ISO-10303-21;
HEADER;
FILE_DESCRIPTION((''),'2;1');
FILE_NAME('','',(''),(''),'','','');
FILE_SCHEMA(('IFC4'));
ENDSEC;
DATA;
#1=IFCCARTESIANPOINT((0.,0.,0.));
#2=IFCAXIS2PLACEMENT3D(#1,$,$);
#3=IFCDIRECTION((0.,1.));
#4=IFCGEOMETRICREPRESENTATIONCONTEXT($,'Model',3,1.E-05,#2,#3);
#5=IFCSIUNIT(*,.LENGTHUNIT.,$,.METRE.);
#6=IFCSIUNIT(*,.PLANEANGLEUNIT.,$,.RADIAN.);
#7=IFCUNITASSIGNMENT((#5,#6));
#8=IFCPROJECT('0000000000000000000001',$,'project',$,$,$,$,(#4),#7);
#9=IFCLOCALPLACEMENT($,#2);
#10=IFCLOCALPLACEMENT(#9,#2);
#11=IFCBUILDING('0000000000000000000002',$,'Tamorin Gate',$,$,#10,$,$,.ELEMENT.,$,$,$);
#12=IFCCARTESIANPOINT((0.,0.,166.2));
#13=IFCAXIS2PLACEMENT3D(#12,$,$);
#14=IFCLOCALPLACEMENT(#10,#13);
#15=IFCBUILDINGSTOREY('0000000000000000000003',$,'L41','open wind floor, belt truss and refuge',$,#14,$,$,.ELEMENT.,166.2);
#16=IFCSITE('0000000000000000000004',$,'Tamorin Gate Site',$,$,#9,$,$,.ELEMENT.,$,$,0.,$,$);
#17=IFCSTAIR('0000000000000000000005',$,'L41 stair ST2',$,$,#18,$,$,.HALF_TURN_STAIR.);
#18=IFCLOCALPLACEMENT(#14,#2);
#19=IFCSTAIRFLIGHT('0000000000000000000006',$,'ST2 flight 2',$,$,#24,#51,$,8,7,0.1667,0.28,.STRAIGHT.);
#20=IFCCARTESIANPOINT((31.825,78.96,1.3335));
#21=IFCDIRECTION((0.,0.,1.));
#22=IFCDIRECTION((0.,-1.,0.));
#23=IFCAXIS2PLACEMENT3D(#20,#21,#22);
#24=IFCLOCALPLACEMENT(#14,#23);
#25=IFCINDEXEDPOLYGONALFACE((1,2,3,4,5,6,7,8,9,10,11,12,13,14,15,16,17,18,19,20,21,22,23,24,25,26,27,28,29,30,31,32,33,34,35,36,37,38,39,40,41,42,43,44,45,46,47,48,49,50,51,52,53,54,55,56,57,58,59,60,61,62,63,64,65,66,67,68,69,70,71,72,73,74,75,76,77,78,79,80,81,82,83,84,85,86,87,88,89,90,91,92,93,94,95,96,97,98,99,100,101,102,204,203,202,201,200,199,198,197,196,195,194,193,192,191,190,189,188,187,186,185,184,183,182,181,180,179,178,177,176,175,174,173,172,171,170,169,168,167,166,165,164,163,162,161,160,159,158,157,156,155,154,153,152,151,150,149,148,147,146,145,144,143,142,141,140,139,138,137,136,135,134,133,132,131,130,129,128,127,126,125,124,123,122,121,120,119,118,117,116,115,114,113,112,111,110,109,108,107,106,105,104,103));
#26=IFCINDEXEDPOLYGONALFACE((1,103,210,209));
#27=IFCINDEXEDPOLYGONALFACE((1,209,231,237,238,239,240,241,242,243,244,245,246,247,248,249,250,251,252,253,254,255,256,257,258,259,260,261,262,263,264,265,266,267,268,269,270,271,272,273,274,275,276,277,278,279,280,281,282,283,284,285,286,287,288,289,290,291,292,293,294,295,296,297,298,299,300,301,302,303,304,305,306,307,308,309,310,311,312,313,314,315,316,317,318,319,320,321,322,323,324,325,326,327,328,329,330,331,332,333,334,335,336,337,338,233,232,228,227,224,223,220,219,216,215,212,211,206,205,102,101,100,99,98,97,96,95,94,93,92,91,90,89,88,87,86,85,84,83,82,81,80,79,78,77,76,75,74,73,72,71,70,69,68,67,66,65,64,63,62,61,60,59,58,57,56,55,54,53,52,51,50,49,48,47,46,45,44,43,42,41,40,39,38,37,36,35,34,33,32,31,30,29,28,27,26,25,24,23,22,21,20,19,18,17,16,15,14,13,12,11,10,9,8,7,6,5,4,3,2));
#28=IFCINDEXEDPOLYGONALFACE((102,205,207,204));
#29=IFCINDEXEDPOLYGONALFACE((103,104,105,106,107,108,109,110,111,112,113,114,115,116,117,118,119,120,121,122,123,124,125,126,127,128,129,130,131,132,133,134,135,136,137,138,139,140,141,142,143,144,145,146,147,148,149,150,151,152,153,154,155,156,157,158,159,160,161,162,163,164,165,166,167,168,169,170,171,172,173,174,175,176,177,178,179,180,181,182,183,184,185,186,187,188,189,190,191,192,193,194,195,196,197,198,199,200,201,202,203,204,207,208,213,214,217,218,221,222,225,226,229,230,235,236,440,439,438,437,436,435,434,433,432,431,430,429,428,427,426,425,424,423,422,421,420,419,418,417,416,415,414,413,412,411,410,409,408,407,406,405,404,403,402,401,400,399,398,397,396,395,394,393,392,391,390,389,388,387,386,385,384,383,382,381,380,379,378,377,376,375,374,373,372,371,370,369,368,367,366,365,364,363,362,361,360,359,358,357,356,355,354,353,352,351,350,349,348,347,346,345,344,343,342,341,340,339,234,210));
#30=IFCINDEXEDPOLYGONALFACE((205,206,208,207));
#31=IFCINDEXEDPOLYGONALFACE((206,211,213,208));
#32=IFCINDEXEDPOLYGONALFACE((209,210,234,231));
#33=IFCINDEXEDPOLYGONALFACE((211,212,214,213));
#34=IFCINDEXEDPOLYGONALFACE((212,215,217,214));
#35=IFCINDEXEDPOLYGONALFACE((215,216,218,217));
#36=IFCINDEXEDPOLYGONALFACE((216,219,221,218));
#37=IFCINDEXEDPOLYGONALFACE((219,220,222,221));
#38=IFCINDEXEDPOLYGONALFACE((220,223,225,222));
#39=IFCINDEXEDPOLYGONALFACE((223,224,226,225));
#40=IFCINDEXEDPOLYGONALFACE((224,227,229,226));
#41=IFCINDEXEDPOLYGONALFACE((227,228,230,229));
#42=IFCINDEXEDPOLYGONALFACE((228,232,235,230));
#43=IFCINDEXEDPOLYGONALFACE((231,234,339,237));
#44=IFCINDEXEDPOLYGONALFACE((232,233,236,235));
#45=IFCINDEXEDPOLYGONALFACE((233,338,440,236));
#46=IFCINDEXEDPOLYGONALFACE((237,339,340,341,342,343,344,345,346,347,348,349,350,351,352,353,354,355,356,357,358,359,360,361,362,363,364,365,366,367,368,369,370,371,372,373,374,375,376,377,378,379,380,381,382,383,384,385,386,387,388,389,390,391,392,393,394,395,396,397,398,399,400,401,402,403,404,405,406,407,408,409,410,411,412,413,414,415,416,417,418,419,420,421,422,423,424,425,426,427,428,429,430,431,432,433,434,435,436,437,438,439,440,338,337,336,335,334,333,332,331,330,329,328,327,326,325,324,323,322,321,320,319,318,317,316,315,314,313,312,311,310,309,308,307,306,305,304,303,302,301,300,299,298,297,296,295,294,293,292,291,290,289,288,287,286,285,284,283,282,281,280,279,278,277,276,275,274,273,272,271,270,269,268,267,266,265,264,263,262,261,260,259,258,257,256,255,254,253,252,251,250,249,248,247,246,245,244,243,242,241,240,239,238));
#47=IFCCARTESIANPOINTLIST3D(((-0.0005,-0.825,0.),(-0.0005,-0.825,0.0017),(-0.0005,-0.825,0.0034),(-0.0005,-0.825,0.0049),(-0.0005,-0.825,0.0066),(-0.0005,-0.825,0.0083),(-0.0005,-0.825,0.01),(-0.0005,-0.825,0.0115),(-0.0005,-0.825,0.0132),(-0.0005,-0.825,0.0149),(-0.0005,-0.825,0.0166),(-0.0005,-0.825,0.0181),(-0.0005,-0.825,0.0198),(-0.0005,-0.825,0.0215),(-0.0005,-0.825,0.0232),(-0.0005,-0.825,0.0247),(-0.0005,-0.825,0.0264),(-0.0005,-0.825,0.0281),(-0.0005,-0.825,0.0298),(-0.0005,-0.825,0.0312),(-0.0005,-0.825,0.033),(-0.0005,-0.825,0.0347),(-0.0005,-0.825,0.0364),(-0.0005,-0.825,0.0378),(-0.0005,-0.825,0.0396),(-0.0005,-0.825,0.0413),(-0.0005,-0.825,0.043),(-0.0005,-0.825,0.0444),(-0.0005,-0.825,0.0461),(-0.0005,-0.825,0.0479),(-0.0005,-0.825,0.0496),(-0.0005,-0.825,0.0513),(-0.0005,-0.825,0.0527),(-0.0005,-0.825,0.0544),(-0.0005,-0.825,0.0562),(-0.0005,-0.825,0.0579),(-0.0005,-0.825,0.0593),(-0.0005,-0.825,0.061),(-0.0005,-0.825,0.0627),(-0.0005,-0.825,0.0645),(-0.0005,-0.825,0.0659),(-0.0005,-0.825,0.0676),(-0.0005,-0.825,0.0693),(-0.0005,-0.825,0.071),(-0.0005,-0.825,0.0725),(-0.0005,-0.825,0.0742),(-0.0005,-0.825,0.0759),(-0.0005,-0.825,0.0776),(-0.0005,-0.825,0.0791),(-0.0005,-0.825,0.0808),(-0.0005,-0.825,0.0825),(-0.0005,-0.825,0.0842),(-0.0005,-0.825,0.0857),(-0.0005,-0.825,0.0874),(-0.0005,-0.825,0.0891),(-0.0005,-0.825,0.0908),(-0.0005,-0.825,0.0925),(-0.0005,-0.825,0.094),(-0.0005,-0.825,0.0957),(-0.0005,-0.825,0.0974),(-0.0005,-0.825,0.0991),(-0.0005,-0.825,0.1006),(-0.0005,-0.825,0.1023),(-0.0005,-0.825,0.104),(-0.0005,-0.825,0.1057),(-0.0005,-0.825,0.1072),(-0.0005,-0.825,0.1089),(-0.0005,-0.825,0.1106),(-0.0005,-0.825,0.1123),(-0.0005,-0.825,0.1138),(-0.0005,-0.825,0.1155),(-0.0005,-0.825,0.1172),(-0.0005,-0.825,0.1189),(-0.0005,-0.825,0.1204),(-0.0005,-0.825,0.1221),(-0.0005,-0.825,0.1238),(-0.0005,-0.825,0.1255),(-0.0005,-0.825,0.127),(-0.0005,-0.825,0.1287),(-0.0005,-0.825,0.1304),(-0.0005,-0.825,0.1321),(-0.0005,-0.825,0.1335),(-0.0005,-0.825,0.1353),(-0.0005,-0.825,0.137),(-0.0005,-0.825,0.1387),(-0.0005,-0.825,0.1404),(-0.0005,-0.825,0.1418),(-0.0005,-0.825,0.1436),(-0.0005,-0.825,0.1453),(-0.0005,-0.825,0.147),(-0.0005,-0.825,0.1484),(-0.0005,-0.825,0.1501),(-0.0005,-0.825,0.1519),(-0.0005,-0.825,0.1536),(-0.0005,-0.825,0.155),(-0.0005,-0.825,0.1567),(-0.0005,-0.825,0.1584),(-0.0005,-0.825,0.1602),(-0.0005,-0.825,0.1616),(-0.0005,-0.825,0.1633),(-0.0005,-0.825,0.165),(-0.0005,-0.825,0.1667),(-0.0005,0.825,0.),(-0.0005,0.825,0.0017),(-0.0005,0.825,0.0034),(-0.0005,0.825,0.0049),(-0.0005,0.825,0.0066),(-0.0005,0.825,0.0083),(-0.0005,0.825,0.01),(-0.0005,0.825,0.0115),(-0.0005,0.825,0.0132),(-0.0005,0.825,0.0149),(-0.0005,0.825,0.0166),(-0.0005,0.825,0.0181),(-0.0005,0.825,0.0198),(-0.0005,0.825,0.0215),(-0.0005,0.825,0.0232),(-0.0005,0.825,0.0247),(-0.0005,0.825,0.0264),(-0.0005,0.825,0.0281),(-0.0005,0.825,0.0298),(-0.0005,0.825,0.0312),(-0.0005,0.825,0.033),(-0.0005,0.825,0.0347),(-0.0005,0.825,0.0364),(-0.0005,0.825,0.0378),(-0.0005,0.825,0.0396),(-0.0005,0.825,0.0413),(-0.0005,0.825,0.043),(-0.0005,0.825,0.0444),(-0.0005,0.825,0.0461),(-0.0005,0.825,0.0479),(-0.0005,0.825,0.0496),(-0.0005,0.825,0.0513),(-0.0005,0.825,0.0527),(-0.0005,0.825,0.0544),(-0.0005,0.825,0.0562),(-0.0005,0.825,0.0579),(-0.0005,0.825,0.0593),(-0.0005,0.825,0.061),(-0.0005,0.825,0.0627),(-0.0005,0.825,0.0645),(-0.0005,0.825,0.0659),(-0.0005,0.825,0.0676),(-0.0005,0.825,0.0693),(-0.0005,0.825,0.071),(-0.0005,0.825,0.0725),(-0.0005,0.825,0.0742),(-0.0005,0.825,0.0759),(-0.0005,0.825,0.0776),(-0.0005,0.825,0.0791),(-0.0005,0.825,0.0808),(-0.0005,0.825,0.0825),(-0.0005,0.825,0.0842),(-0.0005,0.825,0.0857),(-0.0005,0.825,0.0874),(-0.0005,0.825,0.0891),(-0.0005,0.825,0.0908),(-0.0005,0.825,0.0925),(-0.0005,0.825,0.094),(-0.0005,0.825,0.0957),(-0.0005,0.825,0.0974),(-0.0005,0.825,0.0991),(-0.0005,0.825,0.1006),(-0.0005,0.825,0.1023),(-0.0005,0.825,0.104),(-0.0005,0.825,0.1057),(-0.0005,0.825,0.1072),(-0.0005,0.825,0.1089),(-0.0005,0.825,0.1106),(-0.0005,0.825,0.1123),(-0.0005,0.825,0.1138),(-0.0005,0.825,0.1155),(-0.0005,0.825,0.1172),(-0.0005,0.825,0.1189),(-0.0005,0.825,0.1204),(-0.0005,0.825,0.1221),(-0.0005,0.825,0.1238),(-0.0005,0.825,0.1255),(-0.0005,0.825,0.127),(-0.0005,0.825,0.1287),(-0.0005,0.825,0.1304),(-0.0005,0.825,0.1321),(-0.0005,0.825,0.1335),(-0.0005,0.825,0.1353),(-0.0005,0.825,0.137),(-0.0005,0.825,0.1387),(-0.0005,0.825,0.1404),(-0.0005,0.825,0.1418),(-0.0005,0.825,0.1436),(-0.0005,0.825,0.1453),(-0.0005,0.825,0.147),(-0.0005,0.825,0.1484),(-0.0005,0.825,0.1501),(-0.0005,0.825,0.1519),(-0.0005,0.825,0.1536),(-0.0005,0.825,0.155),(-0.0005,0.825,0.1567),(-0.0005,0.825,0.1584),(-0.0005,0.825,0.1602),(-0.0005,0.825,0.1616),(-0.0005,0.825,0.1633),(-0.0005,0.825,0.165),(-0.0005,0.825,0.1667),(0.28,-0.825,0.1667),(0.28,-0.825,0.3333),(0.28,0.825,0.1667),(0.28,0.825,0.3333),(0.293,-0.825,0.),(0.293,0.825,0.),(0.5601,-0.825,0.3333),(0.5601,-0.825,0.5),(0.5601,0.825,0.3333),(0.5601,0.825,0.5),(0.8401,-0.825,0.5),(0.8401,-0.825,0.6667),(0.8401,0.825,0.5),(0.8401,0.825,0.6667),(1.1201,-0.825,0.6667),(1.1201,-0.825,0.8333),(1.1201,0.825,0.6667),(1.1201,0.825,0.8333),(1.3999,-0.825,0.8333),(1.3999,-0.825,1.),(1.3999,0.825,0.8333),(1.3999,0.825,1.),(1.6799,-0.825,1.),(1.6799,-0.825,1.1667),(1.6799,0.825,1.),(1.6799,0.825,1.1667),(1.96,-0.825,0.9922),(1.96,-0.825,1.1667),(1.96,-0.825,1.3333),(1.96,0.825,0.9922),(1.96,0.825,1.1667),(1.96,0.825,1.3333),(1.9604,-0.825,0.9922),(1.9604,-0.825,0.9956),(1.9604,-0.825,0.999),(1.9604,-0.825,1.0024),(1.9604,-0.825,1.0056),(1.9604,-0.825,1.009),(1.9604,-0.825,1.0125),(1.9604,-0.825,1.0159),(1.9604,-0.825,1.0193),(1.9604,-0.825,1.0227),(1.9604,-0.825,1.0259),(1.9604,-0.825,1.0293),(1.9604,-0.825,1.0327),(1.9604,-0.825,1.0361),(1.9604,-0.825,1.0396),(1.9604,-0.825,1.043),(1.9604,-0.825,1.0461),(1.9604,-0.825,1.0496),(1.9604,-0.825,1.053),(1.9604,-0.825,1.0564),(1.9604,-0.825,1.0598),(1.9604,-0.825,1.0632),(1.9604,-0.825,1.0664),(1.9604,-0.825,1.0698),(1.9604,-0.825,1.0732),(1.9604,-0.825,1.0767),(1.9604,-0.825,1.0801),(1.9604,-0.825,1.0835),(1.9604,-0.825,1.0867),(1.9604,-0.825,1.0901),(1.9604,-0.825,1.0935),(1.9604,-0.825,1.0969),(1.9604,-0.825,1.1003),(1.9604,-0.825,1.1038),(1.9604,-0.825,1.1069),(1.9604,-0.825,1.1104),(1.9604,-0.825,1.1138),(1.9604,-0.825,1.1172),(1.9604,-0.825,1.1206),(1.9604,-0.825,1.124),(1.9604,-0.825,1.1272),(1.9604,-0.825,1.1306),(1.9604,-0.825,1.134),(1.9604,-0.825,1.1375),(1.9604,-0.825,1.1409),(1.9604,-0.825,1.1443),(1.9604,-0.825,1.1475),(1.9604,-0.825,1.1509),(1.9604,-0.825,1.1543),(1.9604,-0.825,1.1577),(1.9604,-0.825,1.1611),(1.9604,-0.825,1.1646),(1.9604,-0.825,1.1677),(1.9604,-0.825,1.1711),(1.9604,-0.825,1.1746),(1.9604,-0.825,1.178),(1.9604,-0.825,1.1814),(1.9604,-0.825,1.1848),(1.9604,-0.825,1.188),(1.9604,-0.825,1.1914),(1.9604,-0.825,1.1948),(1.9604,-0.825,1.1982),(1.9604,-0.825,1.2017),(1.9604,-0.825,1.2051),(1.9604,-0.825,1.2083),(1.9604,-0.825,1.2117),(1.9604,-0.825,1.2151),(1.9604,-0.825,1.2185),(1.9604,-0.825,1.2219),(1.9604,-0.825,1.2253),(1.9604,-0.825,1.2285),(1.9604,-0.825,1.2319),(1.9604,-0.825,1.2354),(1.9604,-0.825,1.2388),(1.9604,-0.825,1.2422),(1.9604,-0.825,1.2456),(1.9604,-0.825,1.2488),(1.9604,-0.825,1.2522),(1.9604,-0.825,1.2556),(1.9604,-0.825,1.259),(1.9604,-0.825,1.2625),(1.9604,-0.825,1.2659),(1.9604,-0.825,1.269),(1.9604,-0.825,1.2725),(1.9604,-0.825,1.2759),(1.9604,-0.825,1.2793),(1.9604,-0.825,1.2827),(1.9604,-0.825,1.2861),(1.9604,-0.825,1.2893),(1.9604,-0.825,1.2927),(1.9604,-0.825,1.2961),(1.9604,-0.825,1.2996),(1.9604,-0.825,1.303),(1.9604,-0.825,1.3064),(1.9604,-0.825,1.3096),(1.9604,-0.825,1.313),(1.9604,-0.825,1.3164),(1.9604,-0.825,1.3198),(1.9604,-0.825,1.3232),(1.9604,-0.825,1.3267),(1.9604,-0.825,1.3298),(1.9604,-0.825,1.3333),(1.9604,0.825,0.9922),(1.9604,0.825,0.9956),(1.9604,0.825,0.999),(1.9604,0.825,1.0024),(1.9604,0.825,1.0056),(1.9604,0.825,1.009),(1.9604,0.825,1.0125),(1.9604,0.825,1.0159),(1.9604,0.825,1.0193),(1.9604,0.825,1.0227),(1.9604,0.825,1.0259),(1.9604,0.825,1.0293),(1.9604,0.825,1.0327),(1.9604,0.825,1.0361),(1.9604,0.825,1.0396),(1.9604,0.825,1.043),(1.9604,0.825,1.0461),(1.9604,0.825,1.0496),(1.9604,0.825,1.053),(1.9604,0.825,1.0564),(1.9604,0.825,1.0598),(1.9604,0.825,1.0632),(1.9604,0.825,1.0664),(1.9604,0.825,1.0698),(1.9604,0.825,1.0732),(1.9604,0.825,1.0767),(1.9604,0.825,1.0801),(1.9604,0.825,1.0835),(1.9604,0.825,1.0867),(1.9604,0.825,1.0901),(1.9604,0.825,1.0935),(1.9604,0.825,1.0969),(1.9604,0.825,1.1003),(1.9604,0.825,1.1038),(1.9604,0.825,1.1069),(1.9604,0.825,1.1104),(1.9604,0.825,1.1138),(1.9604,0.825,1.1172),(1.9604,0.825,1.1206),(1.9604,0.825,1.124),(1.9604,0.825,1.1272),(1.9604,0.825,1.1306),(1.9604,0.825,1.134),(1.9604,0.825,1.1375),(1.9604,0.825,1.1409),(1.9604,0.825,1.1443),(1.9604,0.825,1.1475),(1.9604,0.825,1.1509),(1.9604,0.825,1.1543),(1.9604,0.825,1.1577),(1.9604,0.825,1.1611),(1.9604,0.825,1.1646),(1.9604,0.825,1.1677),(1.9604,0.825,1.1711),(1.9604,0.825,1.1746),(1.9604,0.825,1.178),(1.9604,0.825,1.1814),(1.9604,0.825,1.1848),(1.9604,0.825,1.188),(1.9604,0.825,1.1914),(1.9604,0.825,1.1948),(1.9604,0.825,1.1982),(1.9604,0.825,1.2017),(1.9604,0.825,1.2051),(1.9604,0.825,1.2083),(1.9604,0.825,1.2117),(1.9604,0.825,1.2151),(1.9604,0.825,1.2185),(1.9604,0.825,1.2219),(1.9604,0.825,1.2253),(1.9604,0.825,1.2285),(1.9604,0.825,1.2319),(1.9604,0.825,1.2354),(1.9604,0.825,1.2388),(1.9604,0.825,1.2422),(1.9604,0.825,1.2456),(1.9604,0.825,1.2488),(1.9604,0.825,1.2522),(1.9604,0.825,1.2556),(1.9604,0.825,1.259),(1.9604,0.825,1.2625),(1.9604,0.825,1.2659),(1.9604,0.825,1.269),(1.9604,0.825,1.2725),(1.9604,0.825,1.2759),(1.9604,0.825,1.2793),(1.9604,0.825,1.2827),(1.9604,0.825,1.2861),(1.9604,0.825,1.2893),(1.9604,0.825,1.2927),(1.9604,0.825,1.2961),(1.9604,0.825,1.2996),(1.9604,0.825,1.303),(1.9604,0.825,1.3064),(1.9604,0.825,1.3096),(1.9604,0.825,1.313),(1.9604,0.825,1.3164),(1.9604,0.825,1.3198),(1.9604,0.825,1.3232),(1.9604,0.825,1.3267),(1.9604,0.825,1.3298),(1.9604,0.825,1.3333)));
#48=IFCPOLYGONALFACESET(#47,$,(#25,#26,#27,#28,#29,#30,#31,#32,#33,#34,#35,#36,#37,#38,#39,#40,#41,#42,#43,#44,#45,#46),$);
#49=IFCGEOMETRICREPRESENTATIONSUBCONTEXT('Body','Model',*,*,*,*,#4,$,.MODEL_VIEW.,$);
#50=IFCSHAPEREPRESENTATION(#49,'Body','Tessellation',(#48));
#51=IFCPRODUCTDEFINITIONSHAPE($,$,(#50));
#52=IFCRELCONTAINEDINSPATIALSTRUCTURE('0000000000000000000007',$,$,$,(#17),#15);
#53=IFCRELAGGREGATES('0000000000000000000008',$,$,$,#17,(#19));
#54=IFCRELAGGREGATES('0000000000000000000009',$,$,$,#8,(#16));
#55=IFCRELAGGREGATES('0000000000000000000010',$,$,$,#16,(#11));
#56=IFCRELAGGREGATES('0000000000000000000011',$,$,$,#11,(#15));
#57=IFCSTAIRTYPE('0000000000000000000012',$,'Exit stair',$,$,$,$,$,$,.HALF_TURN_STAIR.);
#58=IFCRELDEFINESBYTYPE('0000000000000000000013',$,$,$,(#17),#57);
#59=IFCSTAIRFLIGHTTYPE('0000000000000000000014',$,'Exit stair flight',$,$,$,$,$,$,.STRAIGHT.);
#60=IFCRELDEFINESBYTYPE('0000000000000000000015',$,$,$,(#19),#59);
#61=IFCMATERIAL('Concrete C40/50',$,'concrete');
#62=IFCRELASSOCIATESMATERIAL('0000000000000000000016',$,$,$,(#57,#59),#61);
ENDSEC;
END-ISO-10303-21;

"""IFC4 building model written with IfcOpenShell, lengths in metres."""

from ifc_helpers import new_model, si_unit, direction, frame, origin, place, context, subcontext, project, spatial, polyline, outline, extrude, material, type_object, element, aggregate, save


model = new_model("IFC4")

# Units and contexts
model_context = context("Model", 3, precision=1e-05, world=origin(), true_north=direction((0.0, 1.0)))
body_context = subcontext(model_context, "Body", "Model", "MODEL_VIEW")
ifc_project = project(units=[si_unit("LENGTHUNIT", "METRE"), si_unit("PLANEANGLEUNIT", "RADIAN")], contexts=[model_context])

# Site, building, storey
site_placement = place(None, origin())
site = spatial("IfcSite", under=ifc_project, at=site_placement, Name="Tamorin Gate Site", CompositionType="ELEMENT", RefElevation=0.0)
building_placement = place(site_placement, origin())
building = spatial("IfcBuilding", under=site, at=building_placement, Name="Tamorin Gate", CompositionType="ELEMENT")
storey_placement = place(building_placement, frame((0.0, 0.0, 166.2)))
storey = spatial("IfcBuildingStorey", under=building, at=storey_placement, Name="L41", Description="open wind floor, belt truss and refuge", CompositionType="ELEMENT", Elevation=166.2)

# Stair, stair flight
ifc_material_1 = material(Name="Concrete C40/50", Category="concrete")
stair_type = type_object("IfcStairType", Name="Exit stair", PredefinedType="HALF_TURN_STAIR", material=ifc_material_1)
stair_placement = place(storey_placement, origin())
stair = element("IfcStair", 1, at=stair_placement, inside=storey, type_object=stair_type, Name="L41 stair ST2", PredefinedType="HALF_TURN_STAIR")
stair_flight_type = type_object("IfcStairFlightType", Name="Exit stair flight", PredefinedType="STRAIGHT", material=ifc_material_1)
stair_flight_1_placement = place(storey_placement, frame((31.825, 78.96, 1.3335), z_axis=(0.0, 0.0, 1.0), x_axis=(0.0, -1.0, 0.0)))
stair_flight_1 = element("IfcStairFlight", 2, at=stair_flight_1_placement, type_object=stair_flight_type, Name="ST2 flight 2", NumberOfRisers=8, NumberOfTreads=7, PredefinedType="STRAIGHT", RiserHeight=0.1667, TreadLength=0.28, context=body_context, shape_type="SweptSolid", body=[
    extrude(outline(polyline([(-0.0005, 0.0), (-0.0005, 0.0017), (-0.0005, 0.0034), (-0.0005, 0.0049), (-0.0005, 0.0066), (-0.0005, 0.0083), (-0.0005, 0.01), (-0.0005, 0.0115), (-0.0005, 0.0132), (-0.0005, 0.0149), (-0.0005, 0.0166), (-0.0005, 0.0181), (-0.0005, 0.0198), (-0.0005, 0.0215), (-0.0005, 0.0232), (-0.0005, 0.0247), (-0.0005, 0.0264), (-0.0005, 0.0281), (-0.0005, 0.0298), (-0.0005, 0.0312), (-0.0005, 0.033), (-0.0005, 0.0347), (-0.0005, 0.0364), (-0.0005, 0.0378), (-0.0005, 0.0396), (-0.0005, 0.0413), (-0.0005, 0.043), (-0.0005, 0.0444), (-0.0005, 0.0461), (-0.0005, 0.0479), (-0.0005, 0.0496), (-0.0005, 0.0513), (-0.0005, 0.0527), (-0.0005, 0.0544), (-0.0005, 0.0562), (-0.0005, 0.0579), (-0.0005, 0.0593), (-0.0005, 0.061), (-0.0005, 0.0627), (-0.0005, 0.0645), (-0.0005, 0.0659), (-0.0005, 0.0676), (-0.0005, 0.0693), (-0.0005, 0.071), (-0.0005, 0.0725), (-0.0005, 0.0742), (-0.0005, 0.0759), (-0.0005, 0.0776), (-0.0005, 0.0791), (-0.0005, 0.0808), (-0.0005, 0.0825), (-0.0005, 0.0842), (-0.0005, 0.0857), (-0.0005, 0.0874), (-0.0005, 0.0891), (-0.0005, 0.0908), (-0.0005, 0.0925), (-0.0005, 0.094), (-0.0005, 0.0957), (-0.0005, 0.0974), (-0.0005, 0.0991), (-0.0005, 0.1006), (-0.0005, 0.1023), (-0.0005, 0.104), (-0.0005, 0.1057), (-0.0005, 0.1072), (-0.0005, 0.1089), (-0.0005, 0.1106), (-0.0005, 0.1123), (-0.0005, 0.1138), (-0.0005, 0.1155), (-0.0005, 0.1172), (-0.0005, 0.1189), (-0.0005, 0.1204), (-0.0005, 0.1221), (-0.0005, 0.1238), (-0.0005, 0.1255), (-0.0005, 0.127), (-0.0005, 0.1287), (-0.0005, 0.1304), (-0.0005, 0.1321), (-0.0005, 0.1335), (-0.0005, 0.1353), (-0.0005, 0.137), (-0.0005, 0.1387), (-0.0005, 0.1404), (-0.0005, 0.1418), (-0.0005, 0.1436), (-0.0005, 0.1453), (-0.0005, 0.147), (-0.0005, 0.1484), (-0.0005, 0.1501), (-0.0005, 0.1519), (-0.0005, 0.1536), (-0.0005, 0.155), (-0.0005, 0.1567), (-0.0005, 0.1584), (-0.0005, 0.1602), (-0.0005, 0.1616), (-0.0005, 0.1633), (-0.0005, 0.165), (-0.0005, 0.1667), (0.28, 0.1667), (0.28, 0.3333), (0.5601, 0.3333), (0.5601, 0.5), (0.8401, 0.5), (0.8401, 0.6667), (1.1201, 0.6667), (1.1201, 0.8333), (1.3999, 0.8333), (1.3999, 1.0), (1.6799, 1.0), (1.6799, 1.1667), (1.96, 1.1667), (1.96, 1.3333), (1.9604, 1.3333), (1.9604, 1.3298), (1.9604, 1.3267), (1.9604, 1.3232), (1.9604, 1.3198), (1.9604, 1.3164), (1.9604, 1.313), (1.9604, 1.3096), (1.9604, 1.3064), (1.9604, 1.303), (1.9604, 1.2996), (1.9604, 1.2961), (1.9604, 1.2927), (1.9604, 1.2893), (1.9604, 1.2861), (1.9604, 1.2827), (1.9604, 1.2793), (1.9604, 1.2759), (1.9604, 1.2725), (1.9604, 1.269), (1.9604, 1.2659), (1.9604, 1.2625), (1.9604, 1.259), (1.9604, 1.2556), (1.9604, 1.2522), (1.9604, 1.2488), (1.9604, 1.2456), (1.9604, 1.2422), (1.9604, 1.2388), (1.9604, 1.2354), (1.9604, 1.2319), (1.9604, 1.2285), (1.9604, 1.2253), (1.9604, 1.2219), (1.9604, 1.2185), (1.9604, 1.2151), (1.9604, 1.2117), (1.9604, 1.2083), (1.9604, 1.2051), (1.9604, 1.2017), (1.9604, 1.1982), (1.9604, 1.1948), (1.9604, 1.1914), (1.9604, 1.188), (1.9604, 1.1848), (1.9604, 1.1814), (1.9604, 1.178), (1.9604, 1.1746), (1.9604, 1.1711), (1.9604, 1.1677), (1.9604, 1.1646), (1.9604, 1.1611), (1.9604, 1.1577), (1.9604, 1.1543), (1.9604, 1.1509), (1.9604, 1.1475), (1.9604, 1.1443), (1.9604, 1.1409), (1.9604, 1.1375), (1.9604, 1.134), (1.9604, 1.1306), (1.9604, 1.1272), (1.9604, 1.124), (1.9604, 1.1206), (1.9604, 1.1172), (1.9604, 1.1138), (1.9604, 1.1104), (1.9604, 1.1069), (1.9604, 1.1038), (1.9604, 1.1003), (1.9604, 1.0969), (1.9604, 1.0935), (1.9604, 1.0901), (1.9604, 1.0867), (1.9604, 1.0835), (1.9604, 1.0801), (1.9604, 1.0767), (1.9604, 1.0732), (1.9604, 1.0698), (1.9604, 1.0664), (1.9604, 1.0632), (1.9604, 1.0598), (1.9604, 1.0564), (1.9604, 1.053), (1.9604, 1.0496), (1.9604, 1.0461), (1.9604, 1.043), (1.9604, 1.0396), (1.9604, 1.0361), (1.9604, 1.0327), (1.9604, 1.0293), (1.9604, 1.0259), (1.9604, 1.0227), (1.9604, 1.0193), (1.9604, 1.0159), (1.9604, 1.0125), (1.9604, 1.009), (1.9604, 1.0056), (1.9604, 1.0024), (1.9604, 0.999), (1.9604, 0.9956), (1.9604, 0.9922), (1.96, 0.9922), (0.293, 0.0), (-0.0005, 0.0)])), frame((0.0, 0.825, 0.0), z_axis=(0.0, -1.0, 0.0), x_axis=(1.0, 0.0, 0.0)), (0.0, 0.0, 1.0), 1.6499),
])
aggregate(stair, [stair_flight_1])

save(model, "model.ifc")
